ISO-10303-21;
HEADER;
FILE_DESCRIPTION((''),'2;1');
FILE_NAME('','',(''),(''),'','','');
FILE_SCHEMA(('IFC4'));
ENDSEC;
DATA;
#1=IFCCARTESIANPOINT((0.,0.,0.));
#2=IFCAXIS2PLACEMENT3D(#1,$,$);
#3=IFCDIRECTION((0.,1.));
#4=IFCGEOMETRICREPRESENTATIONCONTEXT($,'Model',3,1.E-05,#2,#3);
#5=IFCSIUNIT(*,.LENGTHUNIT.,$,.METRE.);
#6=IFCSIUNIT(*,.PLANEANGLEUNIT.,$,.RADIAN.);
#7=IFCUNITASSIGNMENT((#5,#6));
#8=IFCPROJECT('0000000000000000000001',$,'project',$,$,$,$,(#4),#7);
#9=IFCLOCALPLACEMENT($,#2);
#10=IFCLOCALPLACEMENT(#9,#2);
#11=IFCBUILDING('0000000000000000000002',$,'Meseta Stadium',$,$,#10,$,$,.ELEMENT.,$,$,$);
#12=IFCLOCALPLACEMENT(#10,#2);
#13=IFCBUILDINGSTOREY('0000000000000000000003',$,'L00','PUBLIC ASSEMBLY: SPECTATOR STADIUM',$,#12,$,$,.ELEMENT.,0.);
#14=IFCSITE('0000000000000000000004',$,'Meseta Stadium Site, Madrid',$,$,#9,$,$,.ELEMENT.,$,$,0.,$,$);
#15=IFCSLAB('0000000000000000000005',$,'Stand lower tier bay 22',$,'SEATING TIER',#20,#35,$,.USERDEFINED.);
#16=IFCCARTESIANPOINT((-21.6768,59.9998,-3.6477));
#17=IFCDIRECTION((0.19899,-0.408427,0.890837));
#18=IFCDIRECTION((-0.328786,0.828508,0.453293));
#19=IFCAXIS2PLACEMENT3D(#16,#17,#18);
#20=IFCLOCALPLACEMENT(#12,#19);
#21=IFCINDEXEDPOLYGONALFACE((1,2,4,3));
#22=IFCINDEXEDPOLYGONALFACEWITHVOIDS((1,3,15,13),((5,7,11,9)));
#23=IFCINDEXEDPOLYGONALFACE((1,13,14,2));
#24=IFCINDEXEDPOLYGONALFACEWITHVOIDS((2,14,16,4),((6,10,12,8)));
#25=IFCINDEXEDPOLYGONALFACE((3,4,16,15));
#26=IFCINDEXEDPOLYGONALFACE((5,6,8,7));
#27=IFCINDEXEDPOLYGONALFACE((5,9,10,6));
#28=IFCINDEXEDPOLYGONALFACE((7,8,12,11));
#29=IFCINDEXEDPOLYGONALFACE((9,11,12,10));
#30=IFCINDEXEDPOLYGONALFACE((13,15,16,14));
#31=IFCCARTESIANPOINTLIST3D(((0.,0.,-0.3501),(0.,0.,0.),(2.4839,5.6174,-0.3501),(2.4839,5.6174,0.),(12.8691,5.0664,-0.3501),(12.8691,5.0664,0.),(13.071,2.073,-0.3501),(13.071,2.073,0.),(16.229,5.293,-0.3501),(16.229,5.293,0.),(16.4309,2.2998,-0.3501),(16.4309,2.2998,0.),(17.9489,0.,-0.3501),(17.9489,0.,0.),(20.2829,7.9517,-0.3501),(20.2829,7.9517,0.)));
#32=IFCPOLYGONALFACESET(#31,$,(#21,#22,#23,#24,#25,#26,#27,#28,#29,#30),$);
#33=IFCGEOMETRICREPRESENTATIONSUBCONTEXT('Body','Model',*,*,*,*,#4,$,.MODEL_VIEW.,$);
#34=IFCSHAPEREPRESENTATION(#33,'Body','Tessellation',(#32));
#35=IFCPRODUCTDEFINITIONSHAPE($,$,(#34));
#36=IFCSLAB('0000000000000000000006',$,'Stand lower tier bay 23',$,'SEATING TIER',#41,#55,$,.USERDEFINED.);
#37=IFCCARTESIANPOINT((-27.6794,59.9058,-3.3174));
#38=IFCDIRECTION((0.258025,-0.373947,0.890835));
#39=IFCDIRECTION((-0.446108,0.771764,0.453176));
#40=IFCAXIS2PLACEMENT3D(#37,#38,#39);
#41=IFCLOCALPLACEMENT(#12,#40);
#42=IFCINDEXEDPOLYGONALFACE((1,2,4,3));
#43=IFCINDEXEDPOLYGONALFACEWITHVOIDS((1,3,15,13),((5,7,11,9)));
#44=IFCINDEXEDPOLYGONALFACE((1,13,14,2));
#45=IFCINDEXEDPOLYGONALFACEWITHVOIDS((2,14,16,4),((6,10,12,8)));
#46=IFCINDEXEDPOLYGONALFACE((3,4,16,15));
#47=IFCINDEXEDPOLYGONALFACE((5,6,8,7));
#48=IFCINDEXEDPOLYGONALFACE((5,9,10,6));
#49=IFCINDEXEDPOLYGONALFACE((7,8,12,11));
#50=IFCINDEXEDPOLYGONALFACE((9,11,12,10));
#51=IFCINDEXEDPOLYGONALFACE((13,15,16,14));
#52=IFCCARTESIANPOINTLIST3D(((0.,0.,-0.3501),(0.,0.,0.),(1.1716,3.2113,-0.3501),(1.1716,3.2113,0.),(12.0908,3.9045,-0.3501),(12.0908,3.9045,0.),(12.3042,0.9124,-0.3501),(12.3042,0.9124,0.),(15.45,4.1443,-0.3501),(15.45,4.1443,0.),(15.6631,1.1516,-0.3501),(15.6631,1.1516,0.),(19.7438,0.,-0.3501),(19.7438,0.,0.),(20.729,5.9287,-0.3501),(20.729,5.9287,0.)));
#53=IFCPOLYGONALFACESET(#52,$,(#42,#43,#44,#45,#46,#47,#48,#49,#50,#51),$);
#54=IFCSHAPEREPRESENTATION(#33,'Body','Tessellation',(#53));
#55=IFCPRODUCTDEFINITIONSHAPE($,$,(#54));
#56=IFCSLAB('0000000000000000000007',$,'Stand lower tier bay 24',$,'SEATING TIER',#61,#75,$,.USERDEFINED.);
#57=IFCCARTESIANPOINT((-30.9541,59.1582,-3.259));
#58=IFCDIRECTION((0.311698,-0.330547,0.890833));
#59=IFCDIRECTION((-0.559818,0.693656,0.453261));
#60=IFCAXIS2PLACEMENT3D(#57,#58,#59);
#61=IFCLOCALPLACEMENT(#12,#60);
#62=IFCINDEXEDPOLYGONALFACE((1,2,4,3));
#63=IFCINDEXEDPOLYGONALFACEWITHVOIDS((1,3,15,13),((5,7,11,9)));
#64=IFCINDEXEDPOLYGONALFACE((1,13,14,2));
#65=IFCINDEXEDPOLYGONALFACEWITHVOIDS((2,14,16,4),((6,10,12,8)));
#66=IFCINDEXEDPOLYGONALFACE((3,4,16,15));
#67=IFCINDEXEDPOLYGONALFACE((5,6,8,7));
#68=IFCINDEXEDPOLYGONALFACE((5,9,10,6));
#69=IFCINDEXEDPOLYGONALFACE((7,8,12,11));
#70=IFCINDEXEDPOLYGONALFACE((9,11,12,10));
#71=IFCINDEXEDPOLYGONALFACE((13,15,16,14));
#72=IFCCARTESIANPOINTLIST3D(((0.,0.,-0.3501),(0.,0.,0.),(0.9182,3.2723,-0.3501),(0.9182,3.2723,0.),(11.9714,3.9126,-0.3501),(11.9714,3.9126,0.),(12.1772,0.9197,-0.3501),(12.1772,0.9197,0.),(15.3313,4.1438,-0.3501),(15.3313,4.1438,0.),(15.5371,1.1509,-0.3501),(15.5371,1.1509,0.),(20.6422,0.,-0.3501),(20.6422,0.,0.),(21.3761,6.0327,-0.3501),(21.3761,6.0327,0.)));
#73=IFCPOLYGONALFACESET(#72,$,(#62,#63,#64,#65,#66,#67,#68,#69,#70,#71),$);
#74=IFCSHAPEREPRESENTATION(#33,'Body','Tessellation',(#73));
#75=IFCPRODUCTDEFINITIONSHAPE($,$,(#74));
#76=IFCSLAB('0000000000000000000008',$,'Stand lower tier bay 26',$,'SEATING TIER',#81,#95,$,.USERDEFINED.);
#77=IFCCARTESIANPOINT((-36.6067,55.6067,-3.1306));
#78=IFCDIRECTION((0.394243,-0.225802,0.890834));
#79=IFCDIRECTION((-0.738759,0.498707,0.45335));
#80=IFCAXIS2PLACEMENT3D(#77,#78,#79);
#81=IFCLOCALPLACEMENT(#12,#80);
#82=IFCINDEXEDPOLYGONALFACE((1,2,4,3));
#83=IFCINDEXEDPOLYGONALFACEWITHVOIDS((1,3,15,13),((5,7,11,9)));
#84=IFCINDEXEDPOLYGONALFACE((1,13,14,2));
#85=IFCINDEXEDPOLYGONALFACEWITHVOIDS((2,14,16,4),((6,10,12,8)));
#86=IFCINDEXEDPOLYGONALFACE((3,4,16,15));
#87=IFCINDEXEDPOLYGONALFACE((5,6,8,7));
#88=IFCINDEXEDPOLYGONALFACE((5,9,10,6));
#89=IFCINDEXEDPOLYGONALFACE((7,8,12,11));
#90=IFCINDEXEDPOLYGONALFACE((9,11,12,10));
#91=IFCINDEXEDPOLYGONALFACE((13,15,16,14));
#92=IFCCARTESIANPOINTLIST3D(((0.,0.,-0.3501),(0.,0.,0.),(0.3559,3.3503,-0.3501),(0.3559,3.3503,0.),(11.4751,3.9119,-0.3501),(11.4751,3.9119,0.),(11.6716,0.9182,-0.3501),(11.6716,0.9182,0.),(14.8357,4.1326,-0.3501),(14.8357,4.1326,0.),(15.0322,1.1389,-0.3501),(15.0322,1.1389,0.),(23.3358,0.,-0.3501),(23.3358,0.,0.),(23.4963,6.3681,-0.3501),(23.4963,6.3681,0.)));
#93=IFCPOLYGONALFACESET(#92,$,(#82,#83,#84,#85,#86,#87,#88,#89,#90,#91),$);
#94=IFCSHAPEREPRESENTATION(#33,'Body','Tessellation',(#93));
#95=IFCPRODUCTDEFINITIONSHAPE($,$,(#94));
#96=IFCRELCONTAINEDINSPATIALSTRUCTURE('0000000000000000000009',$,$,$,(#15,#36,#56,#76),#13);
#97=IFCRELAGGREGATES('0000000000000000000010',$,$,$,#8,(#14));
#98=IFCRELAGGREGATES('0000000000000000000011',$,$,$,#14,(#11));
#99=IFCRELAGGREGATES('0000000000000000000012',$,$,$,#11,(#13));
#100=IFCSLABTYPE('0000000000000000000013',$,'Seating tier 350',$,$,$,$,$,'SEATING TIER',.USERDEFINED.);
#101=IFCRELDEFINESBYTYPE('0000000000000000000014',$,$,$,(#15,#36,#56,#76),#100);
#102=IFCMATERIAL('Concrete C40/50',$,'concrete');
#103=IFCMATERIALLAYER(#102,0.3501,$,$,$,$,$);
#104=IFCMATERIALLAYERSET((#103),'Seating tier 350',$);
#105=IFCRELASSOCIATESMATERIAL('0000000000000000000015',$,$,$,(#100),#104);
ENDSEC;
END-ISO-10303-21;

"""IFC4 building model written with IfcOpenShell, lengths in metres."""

from ifc_helpers import new_model, si_unit, direction, frame, origin, place, context, subcontext, project, spatial, polyline, outline, extrude, material, layer, layer_set, type_object, element, save


model = new_model("IFC4")

# Units and contexts
model_context = context("Model", 3, precision=1e-05, world=origin(), true_north=direction((0.0, 1.0)))
body_context = subcontext(model_context, "Body", "Model", "MODEL_VIEW")
ifc_project = project(units=[si_unit("LENGTHUNIT", "METRE"), si_unit("PLANEANGLEUNIT", "RADIAN")], contexts=[model_context])

# Site, building, storey
site_placement = place(None, origin())
site = spatial("IfcSite", under=ifc_project, at=site_placement, Name="Meseta Stadium Site, Madrid", CompositionType="ELEMENT", RefElevation=0.0)
building_placement = place(site_placement, origin())
building = spatial("IfcBuilding", under=site, at=building_placement, Name="Meseta Stadium", CompositionType="ELEMENT")
storey_placement = place(building_placement, origin())
storey = spatial("IfcBuildingStorey", under=building, at=storey_placement, Name="L00", Description="PUBLIC ASSEMBLY: SPECTATOR STADIUM", CompositionType="ELEMENT", Elevation=0.0)

# Slabs
ifc_material_1 = material(Name="Concrete C40/50", Category="concrete")
ifc_layer_1 = layer(ifc_material_1, 0.3501)
ifc_layer_set_1 = layer_set([ifc_layer_1], Name="Seating tier 350")
slab_type_1 = type_object("IfcSlabType", Name="Seating tier 350", ElementType="SEATING TIER", PredefinedType="USERDEFINED", material=ifc_layer_set_1)
slab_1_placement = place(storey_placement, frame((-21.6768, 59.9998, -3.6477), z_axis=(0.19899, -0.408427, 0.890837), x_axis=(-0.328786, 0.828508, 0.453293)))
element("IfcSlab", 1, at=slab_1_placement, inside=storey, type_object=slab_type_1, Name="Stand lower tier bay 22", ObjectType="SEATING TIER", PredefinedType="USERDEFINED", context=body_context, shape_type="SweptSolid", body=[
    extrude(outline(polyline([(0.0, 0.0), (17.9489, 0.0), (20.2829, 7.9517), (2.4839, 5.6174), (0.0, 0.0)]), holes=[polyline([(13.071, 2.073), (16.4309, 2.2998), (16.229, 5.293), (12.8691, 5.0664), (13.071, 2.073)])]), origin(), (0.0, 0.0, -1.0), 0.3501),
])
slab_2_placement = place(storey_placement, frame((-27.6794, 59.9058, -3.3174), z_axis=(0.258025, -0.373947, 0.890835), x_axis=(-0.446108, 0.771764, 0.453176)))
element("IfcSlab", 2, at=slab_2_placement, inside=storey, type_object=slab_type_1, Name="Stand lower tier bay 23", ObjectType="SEATING TIER", PredefinedType="USERDEFINED", context=body_context, shape_type="SweptSolid", body=[
    extrude(outline(polyline([(0.0, 0.0), (19.7438, 0.0), (20.729, 5.9287), (1.1716, 3.2113), (0.0, 0.0)]), holes=[polyline([(12.3042, 0.9124), (15.6631, 1.1516), (15.45, 4.1443), (12.0908, 3.9045), (12.3042, 0.9124)])]), origin(), (0.0, 0.0, -1.0), 0.3501),
])
slab_3_placement = place(storey_placement, frame((-30.9541, 59.1582, -3.259), z_axis=(0.311698, -0.330547, 0.890833), x_axis=(-0.559818, 0.693656, 0.453261)))
element("IfcSlab", 3, at=slab_3_placement, inside=storey, type_object=slab_type_1, Name="Stand lower tier bay 24", ObjectType="SEATING TIER", PredefinedType="USERDEFINED", context=body_context, shape_type="SweptSolid", body=[
    extrude(outline(polyline([(0.0, 0.0), (20.6422, 0.0), (21.3761, 6.0327), (0.9182, 3.2723), (0.0, 0.0)]), holes=[polyline([(12.1772, 0.9197), (15.5371, 1.1509), (15.3313, 4.1438), (11.9714, 3.9126), (12.1772, 0.9197)])]), origin(), (0.0, 0.0, -1.0), 0.3501),
])
slab_4_placement = place(storey_placement, frame((-36.6067, 55.6067, -3.1306), z_axis=(0.394243, -0.225802, 0.890834), x_axis=(-0.738759, 0.498707, 0.45335)))
element("IfcSlab", 4, at=slab_4_placement, inside=storey, type_object=slab_type_1, Name="Stand lower tier bay 26", ObjectType="SEATING TIER", PredefinedType="USERDEFINED", context=body_context, shape_type="SweptSolid", body=[
    extrude(outline(polyline([(0.0, 0.0), (23.3358, 0.0), (23.4963, 6.3681), (0.3559, 3.3503), (0.0, 0.0)]), holes=[polyline([(11.6716, 0.9182), (15.0322, 1.1389), (14.8357, 4.1326), (11.4751, 3.9119), (11.6716, 0.9182)])]), origin(), (0.0, 0.0, -1.0), 0.3501),
])

save(model, "model.ifc")
